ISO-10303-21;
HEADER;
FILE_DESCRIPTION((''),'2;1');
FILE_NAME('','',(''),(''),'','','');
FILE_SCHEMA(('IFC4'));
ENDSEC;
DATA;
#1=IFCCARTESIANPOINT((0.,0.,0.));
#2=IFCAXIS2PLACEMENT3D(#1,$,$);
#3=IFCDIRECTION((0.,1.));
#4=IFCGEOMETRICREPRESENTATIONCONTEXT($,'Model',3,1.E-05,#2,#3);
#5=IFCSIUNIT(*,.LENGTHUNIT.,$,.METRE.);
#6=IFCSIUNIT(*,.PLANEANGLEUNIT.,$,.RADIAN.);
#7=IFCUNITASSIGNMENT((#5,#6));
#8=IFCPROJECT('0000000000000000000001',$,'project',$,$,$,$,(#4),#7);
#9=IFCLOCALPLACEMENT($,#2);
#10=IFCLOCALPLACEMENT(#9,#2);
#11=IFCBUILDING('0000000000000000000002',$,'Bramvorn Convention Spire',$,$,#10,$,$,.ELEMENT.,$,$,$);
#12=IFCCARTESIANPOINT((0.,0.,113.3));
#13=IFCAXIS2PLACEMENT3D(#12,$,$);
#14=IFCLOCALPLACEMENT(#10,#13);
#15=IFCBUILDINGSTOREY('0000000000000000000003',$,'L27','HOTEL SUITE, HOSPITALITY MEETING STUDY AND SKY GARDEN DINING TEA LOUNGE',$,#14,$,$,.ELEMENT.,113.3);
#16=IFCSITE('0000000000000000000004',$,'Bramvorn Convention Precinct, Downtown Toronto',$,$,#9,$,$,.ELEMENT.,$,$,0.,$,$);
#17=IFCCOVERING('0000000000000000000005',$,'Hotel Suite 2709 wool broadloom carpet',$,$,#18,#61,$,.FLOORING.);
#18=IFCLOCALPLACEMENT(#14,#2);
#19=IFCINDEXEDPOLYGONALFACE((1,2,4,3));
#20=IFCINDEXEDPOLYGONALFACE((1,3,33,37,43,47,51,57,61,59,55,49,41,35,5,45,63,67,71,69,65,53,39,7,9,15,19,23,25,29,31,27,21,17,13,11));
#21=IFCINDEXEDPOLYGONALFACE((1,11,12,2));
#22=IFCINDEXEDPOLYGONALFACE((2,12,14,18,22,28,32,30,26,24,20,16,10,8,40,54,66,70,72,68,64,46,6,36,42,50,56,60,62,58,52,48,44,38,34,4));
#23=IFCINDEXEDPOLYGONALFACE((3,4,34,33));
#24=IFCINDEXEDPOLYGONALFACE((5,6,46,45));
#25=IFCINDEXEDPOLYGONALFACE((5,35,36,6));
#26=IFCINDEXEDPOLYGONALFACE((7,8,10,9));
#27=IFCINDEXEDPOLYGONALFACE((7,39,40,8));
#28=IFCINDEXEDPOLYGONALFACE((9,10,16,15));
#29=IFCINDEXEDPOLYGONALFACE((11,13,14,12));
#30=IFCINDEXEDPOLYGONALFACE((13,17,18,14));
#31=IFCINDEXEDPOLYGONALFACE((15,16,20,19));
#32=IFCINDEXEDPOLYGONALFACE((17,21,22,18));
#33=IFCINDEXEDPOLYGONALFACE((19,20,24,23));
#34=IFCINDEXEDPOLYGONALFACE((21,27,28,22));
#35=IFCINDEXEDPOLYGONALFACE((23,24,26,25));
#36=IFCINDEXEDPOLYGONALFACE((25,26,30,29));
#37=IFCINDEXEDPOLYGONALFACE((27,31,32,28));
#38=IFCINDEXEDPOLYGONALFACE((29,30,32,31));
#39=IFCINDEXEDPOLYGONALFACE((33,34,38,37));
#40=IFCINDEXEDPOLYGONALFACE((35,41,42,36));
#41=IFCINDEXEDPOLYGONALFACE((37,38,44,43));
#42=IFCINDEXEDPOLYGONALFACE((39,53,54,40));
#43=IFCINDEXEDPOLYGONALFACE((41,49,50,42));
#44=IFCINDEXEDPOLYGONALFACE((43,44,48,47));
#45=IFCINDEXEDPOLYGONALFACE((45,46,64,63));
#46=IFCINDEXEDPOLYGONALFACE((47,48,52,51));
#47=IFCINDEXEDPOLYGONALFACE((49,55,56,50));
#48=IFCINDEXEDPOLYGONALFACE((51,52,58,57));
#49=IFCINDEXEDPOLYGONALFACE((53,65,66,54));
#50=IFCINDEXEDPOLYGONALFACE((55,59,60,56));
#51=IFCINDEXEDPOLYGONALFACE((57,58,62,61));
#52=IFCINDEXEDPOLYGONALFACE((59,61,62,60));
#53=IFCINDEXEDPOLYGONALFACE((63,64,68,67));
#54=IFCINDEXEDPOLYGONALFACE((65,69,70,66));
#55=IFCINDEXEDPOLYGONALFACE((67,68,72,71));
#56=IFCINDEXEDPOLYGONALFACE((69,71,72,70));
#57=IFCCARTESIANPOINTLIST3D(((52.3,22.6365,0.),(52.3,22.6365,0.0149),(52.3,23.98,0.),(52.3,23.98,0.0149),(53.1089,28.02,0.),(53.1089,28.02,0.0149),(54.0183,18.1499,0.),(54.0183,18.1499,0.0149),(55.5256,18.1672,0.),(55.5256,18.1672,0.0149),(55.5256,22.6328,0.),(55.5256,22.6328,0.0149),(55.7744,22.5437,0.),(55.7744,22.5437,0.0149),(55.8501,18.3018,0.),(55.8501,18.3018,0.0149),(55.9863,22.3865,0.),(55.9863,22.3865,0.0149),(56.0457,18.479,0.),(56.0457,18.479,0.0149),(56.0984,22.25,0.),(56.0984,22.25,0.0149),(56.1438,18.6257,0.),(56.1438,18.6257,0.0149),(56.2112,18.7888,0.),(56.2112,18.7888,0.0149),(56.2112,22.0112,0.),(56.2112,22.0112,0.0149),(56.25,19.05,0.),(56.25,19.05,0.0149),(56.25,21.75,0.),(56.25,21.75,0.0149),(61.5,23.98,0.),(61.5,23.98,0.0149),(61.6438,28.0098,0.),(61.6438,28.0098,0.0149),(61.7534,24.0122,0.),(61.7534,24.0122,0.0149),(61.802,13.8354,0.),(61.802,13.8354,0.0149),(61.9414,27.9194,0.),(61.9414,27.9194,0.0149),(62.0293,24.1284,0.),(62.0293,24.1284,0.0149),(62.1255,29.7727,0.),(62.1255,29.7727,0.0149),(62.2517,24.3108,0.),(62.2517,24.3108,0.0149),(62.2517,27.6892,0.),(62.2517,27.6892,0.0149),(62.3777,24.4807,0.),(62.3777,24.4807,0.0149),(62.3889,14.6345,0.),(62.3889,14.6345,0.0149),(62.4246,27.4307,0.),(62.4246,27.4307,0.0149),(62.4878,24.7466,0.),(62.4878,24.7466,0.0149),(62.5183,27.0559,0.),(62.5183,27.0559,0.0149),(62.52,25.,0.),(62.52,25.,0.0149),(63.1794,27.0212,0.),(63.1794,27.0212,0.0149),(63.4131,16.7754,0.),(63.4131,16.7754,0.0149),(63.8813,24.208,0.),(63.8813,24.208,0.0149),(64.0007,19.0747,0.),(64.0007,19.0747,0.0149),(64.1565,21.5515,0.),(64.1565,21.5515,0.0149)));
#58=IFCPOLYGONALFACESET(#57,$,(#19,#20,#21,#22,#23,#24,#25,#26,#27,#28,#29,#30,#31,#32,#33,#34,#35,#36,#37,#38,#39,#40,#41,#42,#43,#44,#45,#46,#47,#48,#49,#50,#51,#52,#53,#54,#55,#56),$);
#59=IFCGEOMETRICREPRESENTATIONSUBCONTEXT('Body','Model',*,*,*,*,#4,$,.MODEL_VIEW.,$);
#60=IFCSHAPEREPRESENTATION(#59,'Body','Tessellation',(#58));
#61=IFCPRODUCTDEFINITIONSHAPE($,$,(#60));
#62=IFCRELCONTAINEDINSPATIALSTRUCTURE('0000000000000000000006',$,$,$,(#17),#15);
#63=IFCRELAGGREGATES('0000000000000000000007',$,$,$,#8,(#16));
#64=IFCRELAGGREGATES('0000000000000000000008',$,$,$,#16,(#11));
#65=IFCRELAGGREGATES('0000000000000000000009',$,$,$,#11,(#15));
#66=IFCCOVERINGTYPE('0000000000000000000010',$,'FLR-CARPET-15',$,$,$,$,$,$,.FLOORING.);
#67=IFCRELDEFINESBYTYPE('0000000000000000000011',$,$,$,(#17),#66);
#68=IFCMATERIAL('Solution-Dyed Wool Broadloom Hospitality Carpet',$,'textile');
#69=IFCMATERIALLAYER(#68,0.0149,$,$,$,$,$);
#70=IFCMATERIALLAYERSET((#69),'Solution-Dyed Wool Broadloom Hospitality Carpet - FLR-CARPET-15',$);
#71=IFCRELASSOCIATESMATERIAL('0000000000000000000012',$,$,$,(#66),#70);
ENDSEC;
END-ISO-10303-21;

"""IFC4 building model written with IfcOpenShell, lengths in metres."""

from ifc_helpers import new_model, si_unit, direction, frame, origin, place, context, subcontext, project, spatial, polyline, outline, extrude, material, layer, layer_set, type_object, element, save


model = new_model("IFC4")

# Units and contexts
model_context = context("Model", 3, precision=1e-05, world=origin(), true_north=direction((0.0, 1.0)))
body_context = subcontext(model_context, "Body", "Model", "MODEL_VIEW")
ifc_project = project(units=[si_unit("LENGTHUNIT", "METRE"), si_unit("PLANEANGLEUNIT", "RADIAN")], contexts=[model_context])

# Site, building, storey
site_placement = place(None, origin())
site = spatial("IfcSite", under=ifc_project, at=site_placement, Name="Bramvorn Convention Precinct, Downtown Toronto", CompositionType="ELEMENT", RefElevation=0.0)
building_placement = place(site_placement, origin())
building = spatial("IfcBuilding", under=site, at=building_placement, Name="Bramvorn Convention Spire", CompositionType="ELEMENT")
storey_placement = place(building_placement, frame((0.0, 0.0, 113.3)))
storey = spatial("IfcBuildingStorey", under=building, at=storey_placement, Name="L27", Description="HOTEL SUITE, HOSPITALITY MEETING STUDY AND SKY GARDEN DINING TEA LOUNGE", CompositionType="ELEMENT", Elevation=113.3)

# Covering
ifc_material_1 = material(Name="Solution-Dyed Wool Broadloom Hospitality Carpet", Category="textile")
ifc_layer_1 = layer(ifc_material_1, 0.0149)
ifc_layer_set_1 = layer_set([ifc_layer_1], Name="Solution-Dyed Wool Broadloom Hospitality Carpet - FLR-CARPET-15")
covering_type_1 = type_object("IfcCoveringType", Name="FLR-CARPET-15", PredefinedType="FLOORING", material=ifc_layer_set_1)
covering_1_placement = place(storey_placement, origin())
element("IfcCovering", 1, at=covering_1_placement, inside=storey, type_object=covering_type_1, Name="Hotel Suite 2709 wool broadloom carpet", PredefinedType="FLOORING", context=body_context, shape_type="SweptSolid", body=[
    extrude(outline(polyline([(61.802, 13.8354), (62.3889, 14.6345), (63.4131, 16.7754), (64.0007, 19.0747), (64.1565, 21.5515), (63.8813, 24.208), (63.1794, 27.0212), (62.1255, 29.7727), (53.1089, 28.02), (61.6438, 28.0098), (61.9414, 27.9194), (62.2517, 27.6892), (62.4246, 27.4307), (62.5183, 27.0559), (62.52, 25.0), (62.4878, 24.7466), (62.3777, 24.4807), (62.2517, 24.3108), (62.0293, 24.1284), (61.7534, 24.0122), (61.5, 23.98), (52.3, 23.98), (52.3, 22.6365), (55.5256, 22.6328), (55.7744, 22.5437), (55.9863, 22.3865), (56.0984, 22.25), (56.2112, 22.0112), (56.25, 21.75), (56.25, 19.05), (56.2112, 18.7888), (56.1438, 18.6257), (56.0457, 18.479), (55.8501, 18.3018), (55.5256, 18.1672), (54.0183, 18.1499), (61.802, 13.8354)])), origin(), (0.0, 0.0, 1.0), 0.0149),
])

save(model, "model.ifc")
